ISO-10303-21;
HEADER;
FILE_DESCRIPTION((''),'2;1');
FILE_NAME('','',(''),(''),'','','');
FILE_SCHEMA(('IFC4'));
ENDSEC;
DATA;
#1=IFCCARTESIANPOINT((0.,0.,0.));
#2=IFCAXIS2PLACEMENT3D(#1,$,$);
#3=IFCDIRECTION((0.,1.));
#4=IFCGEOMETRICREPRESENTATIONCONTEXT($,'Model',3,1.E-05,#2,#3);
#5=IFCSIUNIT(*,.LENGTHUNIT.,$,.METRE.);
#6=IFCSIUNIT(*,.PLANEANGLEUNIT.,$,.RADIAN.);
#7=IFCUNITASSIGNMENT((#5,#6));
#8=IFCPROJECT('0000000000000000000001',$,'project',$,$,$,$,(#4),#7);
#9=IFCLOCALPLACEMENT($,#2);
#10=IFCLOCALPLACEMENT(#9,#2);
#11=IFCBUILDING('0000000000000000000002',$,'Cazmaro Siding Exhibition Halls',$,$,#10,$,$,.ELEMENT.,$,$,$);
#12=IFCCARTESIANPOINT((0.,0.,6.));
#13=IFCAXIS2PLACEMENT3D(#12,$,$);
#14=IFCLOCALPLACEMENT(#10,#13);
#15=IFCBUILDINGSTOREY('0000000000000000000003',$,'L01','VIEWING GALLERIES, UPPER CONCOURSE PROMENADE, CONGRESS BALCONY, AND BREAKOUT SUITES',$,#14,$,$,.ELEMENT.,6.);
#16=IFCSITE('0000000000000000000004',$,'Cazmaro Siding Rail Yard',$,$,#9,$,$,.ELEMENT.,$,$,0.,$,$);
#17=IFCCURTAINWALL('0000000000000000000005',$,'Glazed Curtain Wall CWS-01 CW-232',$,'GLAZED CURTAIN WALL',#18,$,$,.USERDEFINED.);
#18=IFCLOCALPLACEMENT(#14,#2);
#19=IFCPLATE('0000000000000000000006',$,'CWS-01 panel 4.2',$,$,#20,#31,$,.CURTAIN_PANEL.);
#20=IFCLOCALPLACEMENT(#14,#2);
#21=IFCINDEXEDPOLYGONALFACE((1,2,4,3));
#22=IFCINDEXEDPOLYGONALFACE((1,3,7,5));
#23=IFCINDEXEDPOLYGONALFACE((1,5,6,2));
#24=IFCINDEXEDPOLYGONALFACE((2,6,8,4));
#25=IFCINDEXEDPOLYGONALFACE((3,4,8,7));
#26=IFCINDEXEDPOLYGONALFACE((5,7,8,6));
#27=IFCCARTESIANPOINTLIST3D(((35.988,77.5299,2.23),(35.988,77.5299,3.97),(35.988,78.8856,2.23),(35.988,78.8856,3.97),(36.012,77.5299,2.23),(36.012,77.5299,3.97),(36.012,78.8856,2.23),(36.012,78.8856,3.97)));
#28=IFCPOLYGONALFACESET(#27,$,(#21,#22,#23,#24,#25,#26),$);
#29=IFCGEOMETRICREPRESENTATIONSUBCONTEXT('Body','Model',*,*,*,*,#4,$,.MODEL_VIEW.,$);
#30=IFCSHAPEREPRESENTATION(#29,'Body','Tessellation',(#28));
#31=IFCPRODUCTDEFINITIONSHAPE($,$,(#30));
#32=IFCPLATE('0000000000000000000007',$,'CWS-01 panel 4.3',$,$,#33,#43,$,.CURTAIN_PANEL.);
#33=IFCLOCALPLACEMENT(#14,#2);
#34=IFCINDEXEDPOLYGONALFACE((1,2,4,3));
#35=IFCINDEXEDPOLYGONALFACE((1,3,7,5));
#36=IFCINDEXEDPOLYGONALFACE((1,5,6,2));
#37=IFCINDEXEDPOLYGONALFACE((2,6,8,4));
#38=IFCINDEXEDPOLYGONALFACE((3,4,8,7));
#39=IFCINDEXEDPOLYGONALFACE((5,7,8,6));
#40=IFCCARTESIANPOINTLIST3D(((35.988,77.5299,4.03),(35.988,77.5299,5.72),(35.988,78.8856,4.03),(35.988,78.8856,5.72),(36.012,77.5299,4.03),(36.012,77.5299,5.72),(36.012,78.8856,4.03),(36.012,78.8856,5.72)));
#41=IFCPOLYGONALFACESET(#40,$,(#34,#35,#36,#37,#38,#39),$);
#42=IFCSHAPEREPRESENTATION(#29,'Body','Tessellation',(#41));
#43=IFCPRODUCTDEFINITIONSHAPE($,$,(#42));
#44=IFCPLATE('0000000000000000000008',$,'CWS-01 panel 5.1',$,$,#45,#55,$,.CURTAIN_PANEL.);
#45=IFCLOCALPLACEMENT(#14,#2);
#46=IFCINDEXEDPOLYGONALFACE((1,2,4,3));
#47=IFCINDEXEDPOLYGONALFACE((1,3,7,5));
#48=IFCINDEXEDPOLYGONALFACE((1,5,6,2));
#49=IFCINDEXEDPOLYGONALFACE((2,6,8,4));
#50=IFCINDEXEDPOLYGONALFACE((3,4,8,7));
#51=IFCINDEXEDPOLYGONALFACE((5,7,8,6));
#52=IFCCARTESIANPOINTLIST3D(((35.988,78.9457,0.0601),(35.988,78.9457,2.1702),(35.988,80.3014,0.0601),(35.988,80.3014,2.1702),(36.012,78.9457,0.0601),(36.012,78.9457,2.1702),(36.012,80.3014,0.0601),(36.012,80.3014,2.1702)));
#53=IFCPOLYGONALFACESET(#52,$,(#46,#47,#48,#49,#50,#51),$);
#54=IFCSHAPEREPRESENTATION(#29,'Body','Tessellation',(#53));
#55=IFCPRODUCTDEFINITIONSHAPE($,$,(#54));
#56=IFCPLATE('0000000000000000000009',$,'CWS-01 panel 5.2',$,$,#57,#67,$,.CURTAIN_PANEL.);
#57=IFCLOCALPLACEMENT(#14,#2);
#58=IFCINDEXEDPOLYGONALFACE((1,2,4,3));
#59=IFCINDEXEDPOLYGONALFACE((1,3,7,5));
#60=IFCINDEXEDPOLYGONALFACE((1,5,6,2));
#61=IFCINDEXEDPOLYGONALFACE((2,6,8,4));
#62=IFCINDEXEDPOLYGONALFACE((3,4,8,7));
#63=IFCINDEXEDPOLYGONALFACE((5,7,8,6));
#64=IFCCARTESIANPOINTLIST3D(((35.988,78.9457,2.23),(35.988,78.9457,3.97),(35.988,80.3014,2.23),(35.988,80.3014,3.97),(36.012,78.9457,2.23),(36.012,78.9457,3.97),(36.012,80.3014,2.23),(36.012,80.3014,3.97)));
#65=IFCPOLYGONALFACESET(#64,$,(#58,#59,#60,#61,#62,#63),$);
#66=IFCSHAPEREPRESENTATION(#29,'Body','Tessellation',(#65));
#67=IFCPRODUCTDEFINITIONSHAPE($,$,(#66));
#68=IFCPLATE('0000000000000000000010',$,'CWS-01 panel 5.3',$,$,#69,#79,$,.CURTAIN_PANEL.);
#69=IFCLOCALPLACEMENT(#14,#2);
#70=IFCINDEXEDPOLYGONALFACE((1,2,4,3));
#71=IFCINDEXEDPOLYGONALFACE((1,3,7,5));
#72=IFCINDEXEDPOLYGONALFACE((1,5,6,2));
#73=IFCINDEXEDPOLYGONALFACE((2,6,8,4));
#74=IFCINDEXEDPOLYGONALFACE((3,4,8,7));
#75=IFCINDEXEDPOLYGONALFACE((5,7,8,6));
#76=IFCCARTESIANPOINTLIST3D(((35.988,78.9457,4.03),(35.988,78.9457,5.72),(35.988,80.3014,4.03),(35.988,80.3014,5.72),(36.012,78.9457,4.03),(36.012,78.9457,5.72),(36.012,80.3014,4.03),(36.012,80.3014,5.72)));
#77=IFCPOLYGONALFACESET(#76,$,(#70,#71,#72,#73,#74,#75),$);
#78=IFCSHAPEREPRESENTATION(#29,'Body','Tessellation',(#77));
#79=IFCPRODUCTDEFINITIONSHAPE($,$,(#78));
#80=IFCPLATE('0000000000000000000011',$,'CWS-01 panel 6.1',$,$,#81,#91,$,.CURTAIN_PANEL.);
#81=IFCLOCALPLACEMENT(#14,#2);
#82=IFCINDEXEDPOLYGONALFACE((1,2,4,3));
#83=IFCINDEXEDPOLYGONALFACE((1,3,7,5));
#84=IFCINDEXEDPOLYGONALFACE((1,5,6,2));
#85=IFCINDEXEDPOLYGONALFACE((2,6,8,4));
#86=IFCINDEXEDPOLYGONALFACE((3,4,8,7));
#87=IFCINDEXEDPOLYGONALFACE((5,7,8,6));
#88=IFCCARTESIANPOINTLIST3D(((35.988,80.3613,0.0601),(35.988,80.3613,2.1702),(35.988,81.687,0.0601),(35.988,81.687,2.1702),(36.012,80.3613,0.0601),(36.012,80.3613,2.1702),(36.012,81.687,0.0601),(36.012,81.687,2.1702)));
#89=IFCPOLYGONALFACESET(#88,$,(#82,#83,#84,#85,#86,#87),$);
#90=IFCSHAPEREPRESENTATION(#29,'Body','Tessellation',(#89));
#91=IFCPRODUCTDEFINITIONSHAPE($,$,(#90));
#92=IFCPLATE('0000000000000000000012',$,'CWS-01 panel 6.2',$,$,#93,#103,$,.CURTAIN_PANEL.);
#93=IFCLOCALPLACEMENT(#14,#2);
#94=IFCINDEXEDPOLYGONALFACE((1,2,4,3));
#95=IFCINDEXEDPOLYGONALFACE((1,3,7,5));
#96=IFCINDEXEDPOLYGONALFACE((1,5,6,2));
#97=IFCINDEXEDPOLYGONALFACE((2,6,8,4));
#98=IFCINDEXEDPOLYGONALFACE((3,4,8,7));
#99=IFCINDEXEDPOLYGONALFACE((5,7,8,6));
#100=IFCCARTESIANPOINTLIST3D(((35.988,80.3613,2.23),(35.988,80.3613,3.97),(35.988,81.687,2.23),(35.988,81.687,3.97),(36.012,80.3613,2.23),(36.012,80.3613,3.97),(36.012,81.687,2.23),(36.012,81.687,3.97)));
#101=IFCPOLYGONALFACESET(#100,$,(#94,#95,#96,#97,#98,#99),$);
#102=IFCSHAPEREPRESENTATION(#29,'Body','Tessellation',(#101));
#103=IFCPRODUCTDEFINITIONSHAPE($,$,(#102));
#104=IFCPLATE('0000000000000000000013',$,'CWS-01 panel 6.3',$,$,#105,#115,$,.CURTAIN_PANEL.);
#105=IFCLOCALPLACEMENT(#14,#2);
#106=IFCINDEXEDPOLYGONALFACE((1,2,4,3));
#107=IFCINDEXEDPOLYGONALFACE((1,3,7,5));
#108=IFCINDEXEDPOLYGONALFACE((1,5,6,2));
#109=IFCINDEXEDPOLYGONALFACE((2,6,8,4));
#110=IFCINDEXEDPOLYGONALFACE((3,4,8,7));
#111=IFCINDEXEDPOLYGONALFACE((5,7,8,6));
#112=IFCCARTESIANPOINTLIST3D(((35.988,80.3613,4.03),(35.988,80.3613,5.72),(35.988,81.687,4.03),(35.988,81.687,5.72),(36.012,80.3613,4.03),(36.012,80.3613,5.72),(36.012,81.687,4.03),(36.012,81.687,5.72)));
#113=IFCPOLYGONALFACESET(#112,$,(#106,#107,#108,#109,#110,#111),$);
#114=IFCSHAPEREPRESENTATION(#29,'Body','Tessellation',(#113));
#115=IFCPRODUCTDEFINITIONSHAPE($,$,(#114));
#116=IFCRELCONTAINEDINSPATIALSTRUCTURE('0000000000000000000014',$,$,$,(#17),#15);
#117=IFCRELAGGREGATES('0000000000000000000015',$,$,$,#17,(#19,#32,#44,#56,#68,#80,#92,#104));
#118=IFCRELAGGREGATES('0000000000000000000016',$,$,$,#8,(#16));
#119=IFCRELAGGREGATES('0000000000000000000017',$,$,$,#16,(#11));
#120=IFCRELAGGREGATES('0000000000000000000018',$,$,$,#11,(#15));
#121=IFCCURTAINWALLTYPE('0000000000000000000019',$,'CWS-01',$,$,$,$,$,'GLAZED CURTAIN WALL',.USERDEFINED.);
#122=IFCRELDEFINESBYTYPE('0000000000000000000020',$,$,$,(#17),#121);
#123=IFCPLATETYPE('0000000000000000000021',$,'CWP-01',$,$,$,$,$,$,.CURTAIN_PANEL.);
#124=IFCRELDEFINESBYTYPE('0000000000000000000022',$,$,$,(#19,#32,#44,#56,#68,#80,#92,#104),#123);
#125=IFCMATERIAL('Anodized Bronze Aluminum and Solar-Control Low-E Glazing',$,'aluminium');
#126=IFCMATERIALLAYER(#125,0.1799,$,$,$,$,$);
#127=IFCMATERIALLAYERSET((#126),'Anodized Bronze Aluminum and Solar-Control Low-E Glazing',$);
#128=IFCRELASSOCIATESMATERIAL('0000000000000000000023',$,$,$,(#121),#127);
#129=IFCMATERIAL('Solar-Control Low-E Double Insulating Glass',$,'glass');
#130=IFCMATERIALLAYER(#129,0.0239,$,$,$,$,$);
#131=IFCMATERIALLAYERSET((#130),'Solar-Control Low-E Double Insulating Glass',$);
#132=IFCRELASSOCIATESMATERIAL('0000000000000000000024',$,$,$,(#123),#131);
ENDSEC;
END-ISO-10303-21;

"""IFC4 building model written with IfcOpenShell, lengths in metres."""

from ifc_helpers import new_model, si_unit, direction, frame, origin, origin_2d, place, context, subcontext, project, spatial, rectangle, extrude, material, layer, layer_set, type_object, element, aggregate, save


model = new_model("IFC4")

# Units and contexts
model_context = context("Model", 3, precision=1e-05, world=origin(), true_north=direction((0.0, 1.0)))
body_context = subcontext(model_context, "Body", "Model", "MODEL_VIEW")
ifc_project = project(units=[si_unit("LENGTHUNIT", "METRE"), si_unit("PLANEANGLEUNIT", "RADIAN")], contexts=[model_context])

# Site, building, storey
site_placement = place(None, origin())
site = spatial("IfcSite", under=ifc_project, at=site_placement, Name="Cazmaro Siding Rail Yard", CompositionType="ELEMENT", RefElevation=0.0)
building_placement = place(site_placement, origin())
building = spatial("IfcBuilding", under=site, at=building_placement, Name="Cazmaro Siding Exhibition Halls", CompositionType="ELEMENT")
storey_placement = place(building_placement, frame((0.0, 0.0, 6.0)))
storey = spatial("IfcBuildingStorey", under=building, at=storey_placement, Name="L01", Description="VIEWING GALLERIES, UPPER CONCOURSE PROMENADE, CONGRESS BALCONY, AND BREAKOUT SUITES", CompositionType="ELEMENT", Elevation=6.0)

# Curtain wall, plates
ifc_material_1 = material(Name="Anodized Bronze Aluminum and Solar-Control Low-E Glazing", Category="aluminium")
ifc_layer_1 = layer(ifc_material_1, 0.1799)
ifc_layer_set_1 = layer_set([ifc_layer_1], Name="Anodized Bronze Aluminum and Solar-Control Low-E Glazing")
curtain_wall_type = type_object("IfcCurtainWallType", Name="CWS-01", ElementType="GLAZED CURTAIN WALL", PredefinedType="USERDEFINED", material=ifc_layer_set_1)
curtain_wall_placement = place(storey_placement, origin())
curtain_wall = element("IfcCurtainWall", 1, at=curtain_wall_placement, inside=storey, type_object=curtain_wall_type, Name="Glazed Curtain Wall CWS-01 CW-232", ObjectType="GLAZED CURTAIN WALL", PredefinedType="USERDEFINED")
ifc_material_2 = material(Name="Solar-Control Low-E Double Insulating Glass", Category="glass")
ifc_layer_2 = layer(ifc_material_2, 0.0239)
ifc_layer_set_2 = layer_set([ifc_layer_2], Name="Solar-Control Low-E Double Insulating Glass")
plate_type = type_object("IfcPlateType", Name="CWP-01", PredefinedType="CURTAIN_PANEL", material=ifc_layer_set_2)
plate_1_placement = place(storey_placement, frame((36.0, 78.2078, 2.23), z_axis=(0.0, 0.0, 1.0), x_axis=(0.0, 1.0, 0.0)))
plate_1 = element("IfcPlate", 2, at=plate_1_placement, type_object=plate_type, Name="CWS-01 panel 4.2", PredefinedType="CURTAIN_PANEL", context=body_context, shape_type="SweptSolid", body=[
    extrude(rectangle(XDim=1.3557, YDim=0.0239, at=origin_2d()), origin(), (0.0, 0.0, 1.0), 1.74),
])
plate_2_placement = place(storey_placement, frame((36.0, 78.2078, 4.03), z_axis=(0.0, 0.0, 1.0), x_axis=(0.0, 1.0, 0.0)))
plate_2 = element("IfcPlate", 3, at=plate_2_placement, type_object=plate_type, Name="CWS-01 panel 4.3", PredefinedType="CURTAIN_PANEL", context=body_context, shape_type="SweptSolid", body=[
    extrude(rectangle(XDim=1.3557, YDim=0.0239, at=origin_2d()), origin(), (0.0, 0.0, 1.0), 1.6899),
])
plate_3_placement = place(storey_placement, frame((36.0, 79.6235, 0.0601), z_axis=(0.0, 0.0, 1.0), x_axis=(0.0, 1.0, 0.0)))
plate_3 = element("IfcPlate", 4, at=plate_3_placement, type_object=plate_type, Name="CWS-01 panel 5.1", PredefinedType="CURTAIN_PANEL", context=body_context, shape_type="SweptSolid", body=[
    extrude(rectangle(XDim=1.3557, YDim=0.0239, at=origin_2d()), origin(), (0.0, 0.0, 1.0), 2.1101),
])
plate_4_placement = place(storey_placement, frame((36.0, 79.6235, 2.23), z_axis=(0.0, 0.0, 1.0), x_axis=(0.0, 1.0, 0.0)))
plate_4 = element("IfcPlate", 5, at=plate_4_placement, type_object=plate_type, Name="CWS-01 panel 5.2", PredefinedType="CURTAIN_PANEL", context=body_context, shape_type="SweptSolid", body=[
    extrude(rectangle(XDim=1.3557, YDim=0.0239, at=origin_2d()), origin(), (0.0, 0.0, 1.0), 1.74),
])
plate_5_placement = place(storey_placement, frame((36.0, 79.6235, 4.03), z_axis=(0.0, 0.0, 1.0), x_axis=(0.0, 1.0, 0.0)))
plate_5 = element("IfcPlate", 6, at=plate_5_placement, type_object=plate_type, Name="CWS-01 panel 5.3", PredefinedType="CURTAIN_PANEL", context=body_context, shape_type="SweptSolid", body=[
    extrude(rectangle(XDim=1.3557, YDim=0.0239, at=origin_2d()), origin(), (0.0, 0.0, 1.0), 1.6899),
])
plate_6_placement = place(storey_placement, frame((36.0, 81.0242, 0.0601), z_axis=(0.0, 0.0, 1.0), x_axis=(0.0, 1.0, 0.0)))
plate_6 = element("IfcPlate", 7, at=plate_6_placement, type_object=plate_type, Name="CWS-01 panel 6.1", PredefinedType="CURTAIN_PANEL", context=body_context, shape_type="SweptSolid", body=[
    extrude(rectangle(XDim=1.3257, YDim=0.0239, at=origin_2d()), origin(), (0.0, 0.0, 1.0), 2.1101),
])
plate_7_placement = place(storey_placement, frame((36.0, 81.0242, 2.23), z_axis=(0.0, 0.0, 1.0), x_axis=(0.0, 1.0, 0.0)))
plate_7 = element("IfcPlate", 8, at=plate_7_placement, type_object=plate_type, Name="CWS-01 panel 6.2", PredefinedType="CURTAIN_PANEL", context=body_context, shape_type="SweptSolid", body=[
    extrude(rectangle(XDim=1.3257, YDim=0.0239, at=origin_2d()), origin(), (0.0, 0.0, 1.0), 1.74),
])
plate_8_placement = place(storey_placement, frame((36.0, 81.0242, 4.03), z_axis=(0.0, 0.0, 1.0), x_axis=(0.0, 1.0, 0.0)))
plate_8 = element("IfcPlate", 9, at=plate_8_placement, type_object=plate_type, Name="CWS-01 panel 6.3", PredefinedType="CURTAIN_PANEL", context=body_context, shape_type="SweptSolid", body=[
    extrude(rectangle(XDim=1.3257, YDim=0.0239, at=origin_2d()), origin(), (0.0, 0.0, 1.0), 1.6899),
])
aggregate(curtain_wall, [plate_1, plate_2, plate_3, plate_4, plate_5, plate_6, plate_7, plate_8])

save(model, "model.ifc")
